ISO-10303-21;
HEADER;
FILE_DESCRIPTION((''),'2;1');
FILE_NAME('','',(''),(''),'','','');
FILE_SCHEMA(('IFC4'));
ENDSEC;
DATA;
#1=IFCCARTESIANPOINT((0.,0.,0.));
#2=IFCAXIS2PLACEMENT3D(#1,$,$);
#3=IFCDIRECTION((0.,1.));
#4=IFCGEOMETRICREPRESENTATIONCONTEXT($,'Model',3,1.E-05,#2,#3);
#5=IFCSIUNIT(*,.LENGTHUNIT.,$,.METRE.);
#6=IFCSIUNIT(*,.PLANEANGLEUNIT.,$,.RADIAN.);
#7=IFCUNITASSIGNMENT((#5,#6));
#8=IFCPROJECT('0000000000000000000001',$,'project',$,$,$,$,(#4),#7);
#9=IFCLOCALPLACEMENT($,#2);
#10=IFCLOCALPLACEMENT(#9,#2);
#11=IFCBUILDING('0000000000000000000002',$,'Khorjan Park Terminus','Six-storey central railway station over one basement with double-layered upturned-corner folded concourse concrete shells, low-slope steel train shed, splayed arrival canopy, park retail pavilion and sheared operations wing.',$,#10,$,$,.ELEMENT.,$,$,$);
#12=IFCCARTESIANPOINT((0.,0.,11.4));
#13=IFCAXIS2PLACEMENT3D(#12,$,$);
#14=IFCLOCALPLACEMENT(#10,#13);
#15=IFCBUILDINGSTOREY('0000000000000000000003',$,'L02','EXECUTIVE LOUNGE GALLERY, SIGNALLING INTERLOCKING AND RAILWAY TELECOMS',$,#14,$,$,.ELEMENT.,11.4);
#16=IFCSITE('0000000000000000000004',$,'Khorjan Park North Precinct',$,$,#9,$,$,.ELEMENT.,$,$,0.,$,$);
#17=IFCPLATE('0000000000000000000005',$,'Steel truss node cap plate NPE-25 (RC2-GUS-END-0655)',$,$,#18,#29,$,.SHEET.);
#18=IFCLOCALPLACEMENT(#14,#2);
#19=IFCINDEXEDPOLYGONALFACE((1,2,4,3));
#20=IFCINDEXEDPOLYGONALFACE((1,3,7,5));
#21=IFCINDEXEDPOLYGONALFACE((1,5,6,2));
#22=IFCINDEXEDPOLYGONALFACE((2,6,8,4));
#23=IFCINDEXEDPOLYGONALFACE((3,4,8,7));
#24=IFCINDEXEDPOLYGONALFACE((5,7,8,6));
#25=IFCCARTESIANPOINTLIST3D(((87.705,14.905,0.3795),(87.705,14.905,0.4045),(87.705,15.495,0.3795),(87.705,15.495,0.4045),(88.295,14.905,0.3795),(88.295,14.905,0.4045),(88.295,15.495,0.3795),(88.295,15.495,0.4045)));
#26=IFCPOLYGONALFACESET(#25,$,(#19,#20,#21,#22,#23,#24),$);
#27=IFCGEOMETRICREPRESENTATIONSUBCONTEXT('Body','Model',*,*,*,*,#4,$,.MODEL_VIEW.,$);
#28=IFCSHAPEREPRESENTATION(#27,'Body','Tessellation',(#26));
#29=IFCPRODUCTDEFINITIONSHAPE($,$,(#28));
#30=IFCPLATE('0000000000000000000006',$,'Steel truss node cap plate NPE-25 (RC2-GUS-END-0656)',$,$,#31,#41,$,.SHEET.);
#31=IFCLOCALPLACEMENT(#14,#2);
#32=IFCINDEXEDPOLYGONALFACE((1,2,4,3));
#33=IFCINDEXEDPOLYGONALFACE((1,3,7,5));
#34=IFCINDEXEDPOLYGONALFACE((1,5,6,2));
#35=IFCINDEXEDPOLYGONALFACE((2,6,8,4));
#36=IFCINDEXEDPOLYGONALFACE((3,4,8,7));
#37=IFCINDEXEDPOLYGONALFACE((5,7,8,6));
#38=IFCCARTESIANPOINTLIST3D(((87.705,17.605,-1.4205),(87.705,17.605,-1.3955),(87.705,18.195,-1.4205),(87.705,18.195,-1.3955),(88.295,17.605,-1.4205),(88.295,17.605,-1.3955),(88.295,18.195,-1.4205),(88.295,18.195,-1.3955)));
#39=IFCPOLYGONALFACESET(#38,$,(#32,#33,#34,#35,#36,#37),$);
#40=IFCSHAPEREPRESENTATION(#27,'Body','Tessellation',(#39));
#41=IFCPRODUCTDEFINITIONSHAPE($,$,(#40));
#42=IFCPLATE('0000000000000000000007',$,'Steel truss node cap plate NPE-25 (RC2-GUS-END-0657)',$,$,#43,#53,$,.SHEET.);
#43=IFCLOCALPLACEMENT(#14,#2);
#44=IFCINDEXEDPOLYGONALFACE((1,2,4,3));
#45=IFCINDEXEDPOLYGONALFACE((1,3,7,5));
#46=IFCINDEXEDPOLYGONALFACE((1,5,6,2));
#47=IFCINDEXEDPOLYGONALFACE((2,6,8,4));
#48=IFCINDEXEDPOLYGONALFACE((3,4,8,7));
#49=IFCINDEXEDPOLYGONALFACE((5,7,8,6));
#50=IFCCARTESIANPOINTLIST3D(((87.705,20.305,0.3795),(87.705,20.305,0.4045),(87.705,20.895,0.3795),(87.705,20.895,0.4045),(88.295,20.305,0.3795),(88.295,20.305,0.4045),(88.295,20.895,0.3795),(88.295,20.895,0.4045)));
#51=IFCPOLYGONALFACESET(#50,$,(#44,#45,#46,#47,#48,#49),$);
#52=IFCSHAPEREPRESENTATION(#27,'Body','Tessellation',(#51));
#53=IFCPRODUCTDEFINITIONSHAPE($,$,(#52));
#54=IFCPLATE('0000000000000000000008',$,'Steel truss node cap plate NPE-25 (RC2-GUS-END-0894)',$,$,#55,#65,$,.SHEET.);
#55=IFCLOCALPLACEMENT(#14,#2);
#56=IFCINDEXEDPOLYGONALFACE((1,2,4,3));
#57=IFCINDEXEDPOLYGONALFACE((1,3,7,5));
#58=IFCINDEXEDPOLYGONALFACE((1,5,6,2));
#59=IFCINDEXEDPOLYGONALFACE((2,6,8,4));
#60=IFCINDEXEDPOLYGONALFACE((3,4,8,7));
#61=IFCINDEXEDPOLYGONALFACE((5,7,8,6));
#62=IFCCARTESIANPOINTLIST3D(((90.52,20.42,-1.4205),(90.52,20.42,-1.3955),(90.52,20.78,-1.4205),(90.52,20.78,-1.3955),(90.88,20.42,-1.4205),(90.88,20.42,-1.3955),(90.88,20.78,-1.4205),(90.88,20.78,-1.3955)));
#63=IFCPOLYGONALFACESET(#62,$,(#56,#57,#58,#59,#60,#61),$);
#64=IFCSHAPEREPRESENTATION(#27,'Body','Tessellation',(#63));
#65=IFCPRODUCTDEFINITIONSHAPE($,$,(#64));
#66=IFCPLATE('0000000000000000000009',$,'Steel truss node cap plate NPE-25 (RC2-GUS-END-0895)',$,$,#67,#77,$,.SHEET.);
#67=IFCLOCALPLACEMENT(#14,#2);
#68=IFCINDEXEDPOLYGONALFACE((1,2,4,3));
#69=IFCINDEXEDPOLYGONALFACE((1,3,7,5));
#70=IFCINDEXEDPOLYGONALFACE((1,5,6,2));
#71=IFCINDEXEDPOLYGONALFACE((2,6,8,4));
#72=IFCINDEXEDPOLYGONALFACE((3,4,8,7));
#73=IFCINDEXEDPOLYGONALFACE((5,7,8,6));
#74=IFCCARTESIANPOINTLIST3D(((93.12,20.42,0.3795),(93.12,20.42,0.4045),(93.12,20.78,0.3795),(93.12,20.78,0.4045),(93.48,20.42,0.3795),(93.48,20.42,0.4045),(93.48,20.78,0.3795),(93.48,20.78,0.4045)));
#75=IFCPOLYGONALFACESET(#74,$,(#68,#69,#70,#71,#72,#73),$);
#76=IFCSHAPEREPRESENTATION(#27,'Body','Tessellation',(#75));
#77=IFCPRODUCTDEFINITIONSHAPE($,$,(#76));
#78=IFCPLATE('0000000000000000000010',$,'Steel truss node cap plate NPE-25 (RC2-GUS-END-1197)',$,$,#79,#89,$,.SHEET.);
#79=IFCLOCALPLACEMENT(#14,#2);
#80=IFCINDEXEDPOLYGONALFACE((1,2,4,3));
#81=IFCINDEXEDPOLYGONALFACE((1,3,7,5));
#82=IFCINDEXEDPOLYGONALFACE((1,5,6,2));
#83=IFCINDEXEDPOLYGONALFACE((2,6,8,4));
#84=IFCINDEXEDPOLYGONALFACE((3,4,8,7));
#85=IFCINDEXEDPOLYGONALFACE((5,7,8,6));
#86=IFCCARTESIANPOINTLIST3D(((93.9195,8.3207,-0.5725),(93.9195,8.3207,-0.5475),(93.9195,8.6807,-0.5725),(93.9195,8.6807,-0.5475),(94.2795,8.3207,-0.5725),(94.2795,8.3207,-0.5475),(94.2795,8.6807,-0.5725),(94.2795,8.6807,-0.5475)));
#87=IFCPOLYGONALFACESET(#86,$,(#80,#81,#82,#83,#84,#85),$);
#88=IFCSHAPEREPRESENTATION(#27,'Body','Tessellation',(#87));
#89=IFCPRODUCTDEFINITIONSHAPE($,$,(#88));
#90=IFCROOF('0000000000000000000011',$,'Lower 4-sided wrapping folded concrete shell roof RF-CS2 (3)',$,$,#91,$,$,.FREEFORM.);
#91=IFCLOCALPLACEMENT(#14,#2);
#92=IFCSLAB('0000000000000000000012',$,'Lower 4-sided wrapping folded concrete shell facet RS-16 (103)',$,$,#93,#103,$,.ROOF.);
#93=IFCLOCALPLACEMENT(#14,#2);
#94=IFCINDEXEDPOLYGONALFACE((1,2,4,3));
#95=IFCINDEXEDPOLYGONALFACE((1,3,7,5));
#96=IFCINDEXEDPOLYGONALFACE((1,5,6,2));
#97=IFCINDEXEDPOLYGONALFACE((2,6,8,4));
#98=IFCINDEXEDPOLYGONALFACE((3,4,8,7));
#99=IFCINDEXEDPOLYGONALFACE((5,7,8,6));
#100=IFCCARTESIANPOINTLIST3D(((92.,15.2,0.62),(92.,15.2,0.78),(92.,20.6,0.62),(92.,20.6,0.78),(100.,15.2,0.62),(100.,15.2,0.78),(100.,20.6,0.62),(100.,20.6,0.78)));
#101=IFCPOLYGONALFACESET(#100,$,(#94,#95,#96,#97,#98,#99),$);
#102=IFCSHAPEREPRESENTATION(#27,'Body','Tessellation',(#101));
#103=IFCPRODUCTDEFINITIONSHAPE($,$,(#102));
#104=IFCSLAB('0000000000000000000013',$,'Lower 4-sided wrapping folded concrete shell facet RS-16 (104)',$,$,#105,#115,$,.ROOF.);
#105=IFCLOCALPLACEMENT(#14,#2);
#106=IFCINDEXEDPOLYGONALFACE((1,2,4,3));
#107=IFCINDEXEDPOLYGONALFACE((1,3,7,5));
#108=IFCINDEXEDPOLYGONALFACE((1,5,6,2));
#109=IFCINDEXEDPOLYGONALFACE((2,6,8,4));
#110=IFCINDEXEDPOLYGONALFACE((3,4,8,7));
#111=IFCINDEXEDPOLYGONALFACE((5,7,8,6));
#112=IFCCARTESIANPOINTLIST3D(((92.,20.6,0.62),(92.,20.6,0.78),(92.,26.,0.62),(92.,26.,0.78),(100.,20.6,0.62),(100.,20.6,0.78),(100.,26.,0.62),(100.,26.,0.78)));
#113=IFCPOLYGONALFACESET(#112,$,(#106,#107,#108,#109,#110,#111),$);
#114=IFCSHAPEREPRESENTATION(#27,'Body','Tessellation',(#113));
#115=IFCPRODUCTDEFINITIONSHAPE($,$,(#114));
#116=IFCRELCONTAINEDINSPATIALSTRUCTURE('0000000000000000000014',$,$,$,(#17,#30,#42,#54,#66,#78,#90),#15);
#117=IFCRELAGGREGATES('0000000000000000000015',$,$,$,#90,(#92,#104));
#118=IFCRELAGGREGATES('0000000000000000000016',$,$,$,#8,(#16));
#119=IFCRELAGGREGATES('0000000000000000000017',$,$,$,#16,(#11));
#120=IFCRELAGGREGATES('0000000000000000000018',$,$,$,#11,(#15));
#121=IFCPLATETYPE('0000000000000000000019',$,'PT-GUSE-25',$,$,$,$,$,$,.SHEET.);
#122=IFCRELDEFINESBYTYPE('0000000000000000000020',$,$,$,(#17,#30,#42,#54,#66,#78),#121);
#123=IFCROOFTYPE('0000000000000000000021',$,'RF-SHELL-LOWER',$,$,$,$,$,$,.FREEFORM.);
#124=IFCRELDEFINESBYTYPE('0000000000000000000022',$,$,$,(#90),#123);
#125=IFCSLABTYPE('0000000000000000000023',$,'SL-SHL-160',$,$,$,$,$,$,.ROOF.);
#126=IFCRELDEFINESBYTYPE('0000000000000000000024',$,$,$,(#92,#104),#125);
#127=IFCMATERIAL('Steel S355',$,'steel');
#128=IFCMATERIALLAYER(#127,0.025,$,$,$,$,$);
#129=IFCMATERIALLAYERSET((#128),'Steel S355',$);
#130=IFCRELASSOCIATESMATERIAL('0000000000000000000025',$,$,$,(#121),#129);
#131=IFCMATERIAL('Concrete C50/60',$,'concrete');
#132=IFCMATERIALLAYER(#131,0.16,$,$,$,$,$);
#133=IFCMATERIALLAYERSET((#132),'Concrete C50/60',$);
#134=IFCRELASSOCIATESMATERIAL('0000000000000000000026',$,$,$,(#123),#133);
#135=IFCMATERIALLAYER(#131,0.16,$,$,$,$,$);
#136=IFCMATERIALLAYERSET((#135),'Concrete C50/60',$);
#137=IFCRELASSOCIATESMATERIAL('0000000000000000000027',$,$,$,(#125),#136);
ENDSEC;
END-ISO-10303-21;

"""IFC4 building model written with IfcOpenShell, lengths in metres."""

from ifc_helpers import new_model, si_unit, direction, frame, origin, origin_2d, place, context, subcontext, project, spatial, polyline, rectangle, outline, extrude, material, layer, layer_set, type_object, element, aggregate, save


model = new_model("IFC4")

# Units and contexts
model_context = context("Model", 3, precision=1e-05, world=origin(), true_north=direction((0.0, 1.0)))
body_context = subcontext(model_context, "Body", "Model", "MODEL_VIEW")
ifc_project = project(units=[si_unit("LENGTHUNIT", "METRE"), si_unit("PLANEANGLEUNIT", "RADIAN")], contexts=[model_context])

# Site, building, storey
site_placement = place(None, origin())
site = spatial("IfcSite", under=ifc_project, at=site_placement, Name="Khorjan Park North Precinct", CompositionType="ELEMENT", RefElevation=0.0)
building_placement = place(site_placement, origin())
building = spatial("IfcBuilding", under=site, at=building_placement, Name="Khorjan Park Terminus", Description="Six-storey central railway station over one basement with double-layered upturned-corner folded concourse concrete shells, low-slope steel train shed, splayed arrival canopy, park retail pavilion and sheared operations wing.", CompositionType="ELEMENT")
storey_placement = place(building_placement, frame((0.0, 0.0, 11.4)))
storey = spatial("IfcBuildingStorey", under=building, at=storey_placement, Name="L02", Description="EXECUTIVE LOUNGE GALLERY, SIGNALLING INTERLOCKING AND RAILWAY TELECOMS", CompositionType="ELEMENT", Elevation=11.4)

# Shared definitions
ifc_material_1 = material(Name="Steel S355", Category="steel")

# Plates
ifc_layer_1 = layer(ifc_material_1, 0.025)
ifc_layer_set_1 = layer_set([ifc_layer_1], Name="Steel S355")
plate_type_1 = type_object("IfcPlateType", Name="PT-GUSE-25", PredefinedType="SHEET", material=ifc_layer_set_1)
for number, where, z_axis, x_axis, name in (
    (1, (88.0, 15.2, 0.3795), (0.0, 0.0, 1.0), (1.0, 0.0, 0.0), "Steel truss node cap plate NPE-25 (RC2-GUS-END-0655)"),
    (2, (88.0, 17.9, -1.4205), (0.0, 0.0, 1.0), (1.0, 0.0, 0.0), "Steel truss node cap plate NPE-25 (RC2-GUS-END-0656)"),
    (3, (88.0, 20.6, 0.3795), (0.0, 0.0, 1.0), (1.0, 0.0, 0.0), "Steel truss node cap plate NPE-25 (RC2-GUS-END-0657)"),
):
    element("IfcPlate", number, at=place(storey_placement, frame(where, z_axis=z_axis, x_axis=x_axis)), inside=storey, type_object=plate_type_1, Name=name, PredefinedType="SHEET", context=body_context, shape_type="SweptSolid", body=[
        extrude(rectangle(XDim=0.59, YDim=0.59, at=origin_2d()), origin(), (0.0, 0.0, 1.0), 0.025),
    ])
for number, where, z_axis, x_axis, name in (
    (4, (90.7, 20.6, -1.4205), (0.0, 0.0, 1.0), (1.0, 0.0, 0.0), "Steel truss node cap plate NPE-25 (RC2-GUS-END-0894)"),
    (5, (93.3, 20.6, 0.3795), (0.0, 0.0, 1.0), (1.0, 0.0, 0.0), "Steel truss node cap plate NPE-25 (RC2-GUS-END-0895)"),
    (6, (94.0995, 8.5007, -0.5725), (0.0, 0.0, 1.0), (1.0, 0.0, 0.0), "Steel truss node cap plate NPE-25 (RC2-GUS-END-1197)"),
):
    element("IfcPlate", number, at=place(storey_placement, frame(where, z_axis=z_axis, x_axis=x_axis)), inside=storey, type_object=plate_type_1, Name=name, PredefinedType="SHEET", context=body_context, shape_type="SweptSolid", body=[
        extrude(rectangle(XDim=0.36, YDim=0.36, at=origin_2d()), origin(), (0.0, 0.0, 1.0), 0.025),
    ])

# Roof, slabs
ifc_material_2 = material(Name="Concrete C50/60", Category="concrete")
ifc_layer_2 = layer(ifc_material_2, 0.16)
ifc_layer_set_2 = layer_set([ifc_layer_2], Name="Concrete C50/60")
roof_type = type_object("IfcRoofType", Name="RF-SHELL-LOWER", PredefinedType="FREEFORM", material=ifc_layer_set_2)
roof_placement = place(storey_placement, origin())
roof = element("IfcRoof", 7, at=roof_placement, inside=storey, type_object=roof_type, Name="Lower 4-sided wrapping folded concrete shell roof RF-CS2 (3)", PredefinedType="FREEFORM")
ifc_layer_3 = layer(ifc_material_2, 0.16)
ifc_layer_set_3 = layer_set([ifc_layer_3], Name="Concrete C50/60")
slab_type = type_object("IfcSlabType", Name="SL-SHL-160", PredefinedType="ROOF", material=ifc_layer_set_3)
slab_1_placement = place(storey_placement, frame((92.0, 15.2, 0.78), z_axis=(0.0, 0.0, 1.0), x_axis=(1.0, 0.0, 0.0)))
slab_1 = element("IfcSlab", 8, at=slab_1_placement, type_object=slab_type, Name="Lower 4-sided wrapping folded concrete shell facet RS-16 (103)", PredefinedType="ROOF", context=body_context, shape_type="SweptSolid", body=[
    extrude(outline(polyline([(0.0, 0.0), (8.0, 0.0), (8.0, 5.4), (0.0, 5.4), (0.0, 0.0)])), origin(), (0.0, 0.0, -1.0), 0.16),
])
slab_2_placement = place(storey_placement, frame((92.0, 20.6, 0.78), z_axis=(0.0, 0.0, 1.0), x_axis=(1.0, 0.0, 0.0)))
slab_2 = element("IfcSlab", 9, at=slab_2_placement, type_object=slab_type, Name="Lower 4-sided wrapping folded concrete shell facet RS-16 (104)", PredefinedType="ROOF", context=body_context, shape_type="SweptSolid", body=[
    extrude(outline(polyline([(0.0, 0.0), (8.0, 0.0), (8.0, 5.4), (0.0, 5.4), (0.0, 0.0)])), origin(), (0.0, 0.0, -1.0), 0.16),
])
aggregate(roof, [slab_1, slab_2])

save(model, "model.ifc")
